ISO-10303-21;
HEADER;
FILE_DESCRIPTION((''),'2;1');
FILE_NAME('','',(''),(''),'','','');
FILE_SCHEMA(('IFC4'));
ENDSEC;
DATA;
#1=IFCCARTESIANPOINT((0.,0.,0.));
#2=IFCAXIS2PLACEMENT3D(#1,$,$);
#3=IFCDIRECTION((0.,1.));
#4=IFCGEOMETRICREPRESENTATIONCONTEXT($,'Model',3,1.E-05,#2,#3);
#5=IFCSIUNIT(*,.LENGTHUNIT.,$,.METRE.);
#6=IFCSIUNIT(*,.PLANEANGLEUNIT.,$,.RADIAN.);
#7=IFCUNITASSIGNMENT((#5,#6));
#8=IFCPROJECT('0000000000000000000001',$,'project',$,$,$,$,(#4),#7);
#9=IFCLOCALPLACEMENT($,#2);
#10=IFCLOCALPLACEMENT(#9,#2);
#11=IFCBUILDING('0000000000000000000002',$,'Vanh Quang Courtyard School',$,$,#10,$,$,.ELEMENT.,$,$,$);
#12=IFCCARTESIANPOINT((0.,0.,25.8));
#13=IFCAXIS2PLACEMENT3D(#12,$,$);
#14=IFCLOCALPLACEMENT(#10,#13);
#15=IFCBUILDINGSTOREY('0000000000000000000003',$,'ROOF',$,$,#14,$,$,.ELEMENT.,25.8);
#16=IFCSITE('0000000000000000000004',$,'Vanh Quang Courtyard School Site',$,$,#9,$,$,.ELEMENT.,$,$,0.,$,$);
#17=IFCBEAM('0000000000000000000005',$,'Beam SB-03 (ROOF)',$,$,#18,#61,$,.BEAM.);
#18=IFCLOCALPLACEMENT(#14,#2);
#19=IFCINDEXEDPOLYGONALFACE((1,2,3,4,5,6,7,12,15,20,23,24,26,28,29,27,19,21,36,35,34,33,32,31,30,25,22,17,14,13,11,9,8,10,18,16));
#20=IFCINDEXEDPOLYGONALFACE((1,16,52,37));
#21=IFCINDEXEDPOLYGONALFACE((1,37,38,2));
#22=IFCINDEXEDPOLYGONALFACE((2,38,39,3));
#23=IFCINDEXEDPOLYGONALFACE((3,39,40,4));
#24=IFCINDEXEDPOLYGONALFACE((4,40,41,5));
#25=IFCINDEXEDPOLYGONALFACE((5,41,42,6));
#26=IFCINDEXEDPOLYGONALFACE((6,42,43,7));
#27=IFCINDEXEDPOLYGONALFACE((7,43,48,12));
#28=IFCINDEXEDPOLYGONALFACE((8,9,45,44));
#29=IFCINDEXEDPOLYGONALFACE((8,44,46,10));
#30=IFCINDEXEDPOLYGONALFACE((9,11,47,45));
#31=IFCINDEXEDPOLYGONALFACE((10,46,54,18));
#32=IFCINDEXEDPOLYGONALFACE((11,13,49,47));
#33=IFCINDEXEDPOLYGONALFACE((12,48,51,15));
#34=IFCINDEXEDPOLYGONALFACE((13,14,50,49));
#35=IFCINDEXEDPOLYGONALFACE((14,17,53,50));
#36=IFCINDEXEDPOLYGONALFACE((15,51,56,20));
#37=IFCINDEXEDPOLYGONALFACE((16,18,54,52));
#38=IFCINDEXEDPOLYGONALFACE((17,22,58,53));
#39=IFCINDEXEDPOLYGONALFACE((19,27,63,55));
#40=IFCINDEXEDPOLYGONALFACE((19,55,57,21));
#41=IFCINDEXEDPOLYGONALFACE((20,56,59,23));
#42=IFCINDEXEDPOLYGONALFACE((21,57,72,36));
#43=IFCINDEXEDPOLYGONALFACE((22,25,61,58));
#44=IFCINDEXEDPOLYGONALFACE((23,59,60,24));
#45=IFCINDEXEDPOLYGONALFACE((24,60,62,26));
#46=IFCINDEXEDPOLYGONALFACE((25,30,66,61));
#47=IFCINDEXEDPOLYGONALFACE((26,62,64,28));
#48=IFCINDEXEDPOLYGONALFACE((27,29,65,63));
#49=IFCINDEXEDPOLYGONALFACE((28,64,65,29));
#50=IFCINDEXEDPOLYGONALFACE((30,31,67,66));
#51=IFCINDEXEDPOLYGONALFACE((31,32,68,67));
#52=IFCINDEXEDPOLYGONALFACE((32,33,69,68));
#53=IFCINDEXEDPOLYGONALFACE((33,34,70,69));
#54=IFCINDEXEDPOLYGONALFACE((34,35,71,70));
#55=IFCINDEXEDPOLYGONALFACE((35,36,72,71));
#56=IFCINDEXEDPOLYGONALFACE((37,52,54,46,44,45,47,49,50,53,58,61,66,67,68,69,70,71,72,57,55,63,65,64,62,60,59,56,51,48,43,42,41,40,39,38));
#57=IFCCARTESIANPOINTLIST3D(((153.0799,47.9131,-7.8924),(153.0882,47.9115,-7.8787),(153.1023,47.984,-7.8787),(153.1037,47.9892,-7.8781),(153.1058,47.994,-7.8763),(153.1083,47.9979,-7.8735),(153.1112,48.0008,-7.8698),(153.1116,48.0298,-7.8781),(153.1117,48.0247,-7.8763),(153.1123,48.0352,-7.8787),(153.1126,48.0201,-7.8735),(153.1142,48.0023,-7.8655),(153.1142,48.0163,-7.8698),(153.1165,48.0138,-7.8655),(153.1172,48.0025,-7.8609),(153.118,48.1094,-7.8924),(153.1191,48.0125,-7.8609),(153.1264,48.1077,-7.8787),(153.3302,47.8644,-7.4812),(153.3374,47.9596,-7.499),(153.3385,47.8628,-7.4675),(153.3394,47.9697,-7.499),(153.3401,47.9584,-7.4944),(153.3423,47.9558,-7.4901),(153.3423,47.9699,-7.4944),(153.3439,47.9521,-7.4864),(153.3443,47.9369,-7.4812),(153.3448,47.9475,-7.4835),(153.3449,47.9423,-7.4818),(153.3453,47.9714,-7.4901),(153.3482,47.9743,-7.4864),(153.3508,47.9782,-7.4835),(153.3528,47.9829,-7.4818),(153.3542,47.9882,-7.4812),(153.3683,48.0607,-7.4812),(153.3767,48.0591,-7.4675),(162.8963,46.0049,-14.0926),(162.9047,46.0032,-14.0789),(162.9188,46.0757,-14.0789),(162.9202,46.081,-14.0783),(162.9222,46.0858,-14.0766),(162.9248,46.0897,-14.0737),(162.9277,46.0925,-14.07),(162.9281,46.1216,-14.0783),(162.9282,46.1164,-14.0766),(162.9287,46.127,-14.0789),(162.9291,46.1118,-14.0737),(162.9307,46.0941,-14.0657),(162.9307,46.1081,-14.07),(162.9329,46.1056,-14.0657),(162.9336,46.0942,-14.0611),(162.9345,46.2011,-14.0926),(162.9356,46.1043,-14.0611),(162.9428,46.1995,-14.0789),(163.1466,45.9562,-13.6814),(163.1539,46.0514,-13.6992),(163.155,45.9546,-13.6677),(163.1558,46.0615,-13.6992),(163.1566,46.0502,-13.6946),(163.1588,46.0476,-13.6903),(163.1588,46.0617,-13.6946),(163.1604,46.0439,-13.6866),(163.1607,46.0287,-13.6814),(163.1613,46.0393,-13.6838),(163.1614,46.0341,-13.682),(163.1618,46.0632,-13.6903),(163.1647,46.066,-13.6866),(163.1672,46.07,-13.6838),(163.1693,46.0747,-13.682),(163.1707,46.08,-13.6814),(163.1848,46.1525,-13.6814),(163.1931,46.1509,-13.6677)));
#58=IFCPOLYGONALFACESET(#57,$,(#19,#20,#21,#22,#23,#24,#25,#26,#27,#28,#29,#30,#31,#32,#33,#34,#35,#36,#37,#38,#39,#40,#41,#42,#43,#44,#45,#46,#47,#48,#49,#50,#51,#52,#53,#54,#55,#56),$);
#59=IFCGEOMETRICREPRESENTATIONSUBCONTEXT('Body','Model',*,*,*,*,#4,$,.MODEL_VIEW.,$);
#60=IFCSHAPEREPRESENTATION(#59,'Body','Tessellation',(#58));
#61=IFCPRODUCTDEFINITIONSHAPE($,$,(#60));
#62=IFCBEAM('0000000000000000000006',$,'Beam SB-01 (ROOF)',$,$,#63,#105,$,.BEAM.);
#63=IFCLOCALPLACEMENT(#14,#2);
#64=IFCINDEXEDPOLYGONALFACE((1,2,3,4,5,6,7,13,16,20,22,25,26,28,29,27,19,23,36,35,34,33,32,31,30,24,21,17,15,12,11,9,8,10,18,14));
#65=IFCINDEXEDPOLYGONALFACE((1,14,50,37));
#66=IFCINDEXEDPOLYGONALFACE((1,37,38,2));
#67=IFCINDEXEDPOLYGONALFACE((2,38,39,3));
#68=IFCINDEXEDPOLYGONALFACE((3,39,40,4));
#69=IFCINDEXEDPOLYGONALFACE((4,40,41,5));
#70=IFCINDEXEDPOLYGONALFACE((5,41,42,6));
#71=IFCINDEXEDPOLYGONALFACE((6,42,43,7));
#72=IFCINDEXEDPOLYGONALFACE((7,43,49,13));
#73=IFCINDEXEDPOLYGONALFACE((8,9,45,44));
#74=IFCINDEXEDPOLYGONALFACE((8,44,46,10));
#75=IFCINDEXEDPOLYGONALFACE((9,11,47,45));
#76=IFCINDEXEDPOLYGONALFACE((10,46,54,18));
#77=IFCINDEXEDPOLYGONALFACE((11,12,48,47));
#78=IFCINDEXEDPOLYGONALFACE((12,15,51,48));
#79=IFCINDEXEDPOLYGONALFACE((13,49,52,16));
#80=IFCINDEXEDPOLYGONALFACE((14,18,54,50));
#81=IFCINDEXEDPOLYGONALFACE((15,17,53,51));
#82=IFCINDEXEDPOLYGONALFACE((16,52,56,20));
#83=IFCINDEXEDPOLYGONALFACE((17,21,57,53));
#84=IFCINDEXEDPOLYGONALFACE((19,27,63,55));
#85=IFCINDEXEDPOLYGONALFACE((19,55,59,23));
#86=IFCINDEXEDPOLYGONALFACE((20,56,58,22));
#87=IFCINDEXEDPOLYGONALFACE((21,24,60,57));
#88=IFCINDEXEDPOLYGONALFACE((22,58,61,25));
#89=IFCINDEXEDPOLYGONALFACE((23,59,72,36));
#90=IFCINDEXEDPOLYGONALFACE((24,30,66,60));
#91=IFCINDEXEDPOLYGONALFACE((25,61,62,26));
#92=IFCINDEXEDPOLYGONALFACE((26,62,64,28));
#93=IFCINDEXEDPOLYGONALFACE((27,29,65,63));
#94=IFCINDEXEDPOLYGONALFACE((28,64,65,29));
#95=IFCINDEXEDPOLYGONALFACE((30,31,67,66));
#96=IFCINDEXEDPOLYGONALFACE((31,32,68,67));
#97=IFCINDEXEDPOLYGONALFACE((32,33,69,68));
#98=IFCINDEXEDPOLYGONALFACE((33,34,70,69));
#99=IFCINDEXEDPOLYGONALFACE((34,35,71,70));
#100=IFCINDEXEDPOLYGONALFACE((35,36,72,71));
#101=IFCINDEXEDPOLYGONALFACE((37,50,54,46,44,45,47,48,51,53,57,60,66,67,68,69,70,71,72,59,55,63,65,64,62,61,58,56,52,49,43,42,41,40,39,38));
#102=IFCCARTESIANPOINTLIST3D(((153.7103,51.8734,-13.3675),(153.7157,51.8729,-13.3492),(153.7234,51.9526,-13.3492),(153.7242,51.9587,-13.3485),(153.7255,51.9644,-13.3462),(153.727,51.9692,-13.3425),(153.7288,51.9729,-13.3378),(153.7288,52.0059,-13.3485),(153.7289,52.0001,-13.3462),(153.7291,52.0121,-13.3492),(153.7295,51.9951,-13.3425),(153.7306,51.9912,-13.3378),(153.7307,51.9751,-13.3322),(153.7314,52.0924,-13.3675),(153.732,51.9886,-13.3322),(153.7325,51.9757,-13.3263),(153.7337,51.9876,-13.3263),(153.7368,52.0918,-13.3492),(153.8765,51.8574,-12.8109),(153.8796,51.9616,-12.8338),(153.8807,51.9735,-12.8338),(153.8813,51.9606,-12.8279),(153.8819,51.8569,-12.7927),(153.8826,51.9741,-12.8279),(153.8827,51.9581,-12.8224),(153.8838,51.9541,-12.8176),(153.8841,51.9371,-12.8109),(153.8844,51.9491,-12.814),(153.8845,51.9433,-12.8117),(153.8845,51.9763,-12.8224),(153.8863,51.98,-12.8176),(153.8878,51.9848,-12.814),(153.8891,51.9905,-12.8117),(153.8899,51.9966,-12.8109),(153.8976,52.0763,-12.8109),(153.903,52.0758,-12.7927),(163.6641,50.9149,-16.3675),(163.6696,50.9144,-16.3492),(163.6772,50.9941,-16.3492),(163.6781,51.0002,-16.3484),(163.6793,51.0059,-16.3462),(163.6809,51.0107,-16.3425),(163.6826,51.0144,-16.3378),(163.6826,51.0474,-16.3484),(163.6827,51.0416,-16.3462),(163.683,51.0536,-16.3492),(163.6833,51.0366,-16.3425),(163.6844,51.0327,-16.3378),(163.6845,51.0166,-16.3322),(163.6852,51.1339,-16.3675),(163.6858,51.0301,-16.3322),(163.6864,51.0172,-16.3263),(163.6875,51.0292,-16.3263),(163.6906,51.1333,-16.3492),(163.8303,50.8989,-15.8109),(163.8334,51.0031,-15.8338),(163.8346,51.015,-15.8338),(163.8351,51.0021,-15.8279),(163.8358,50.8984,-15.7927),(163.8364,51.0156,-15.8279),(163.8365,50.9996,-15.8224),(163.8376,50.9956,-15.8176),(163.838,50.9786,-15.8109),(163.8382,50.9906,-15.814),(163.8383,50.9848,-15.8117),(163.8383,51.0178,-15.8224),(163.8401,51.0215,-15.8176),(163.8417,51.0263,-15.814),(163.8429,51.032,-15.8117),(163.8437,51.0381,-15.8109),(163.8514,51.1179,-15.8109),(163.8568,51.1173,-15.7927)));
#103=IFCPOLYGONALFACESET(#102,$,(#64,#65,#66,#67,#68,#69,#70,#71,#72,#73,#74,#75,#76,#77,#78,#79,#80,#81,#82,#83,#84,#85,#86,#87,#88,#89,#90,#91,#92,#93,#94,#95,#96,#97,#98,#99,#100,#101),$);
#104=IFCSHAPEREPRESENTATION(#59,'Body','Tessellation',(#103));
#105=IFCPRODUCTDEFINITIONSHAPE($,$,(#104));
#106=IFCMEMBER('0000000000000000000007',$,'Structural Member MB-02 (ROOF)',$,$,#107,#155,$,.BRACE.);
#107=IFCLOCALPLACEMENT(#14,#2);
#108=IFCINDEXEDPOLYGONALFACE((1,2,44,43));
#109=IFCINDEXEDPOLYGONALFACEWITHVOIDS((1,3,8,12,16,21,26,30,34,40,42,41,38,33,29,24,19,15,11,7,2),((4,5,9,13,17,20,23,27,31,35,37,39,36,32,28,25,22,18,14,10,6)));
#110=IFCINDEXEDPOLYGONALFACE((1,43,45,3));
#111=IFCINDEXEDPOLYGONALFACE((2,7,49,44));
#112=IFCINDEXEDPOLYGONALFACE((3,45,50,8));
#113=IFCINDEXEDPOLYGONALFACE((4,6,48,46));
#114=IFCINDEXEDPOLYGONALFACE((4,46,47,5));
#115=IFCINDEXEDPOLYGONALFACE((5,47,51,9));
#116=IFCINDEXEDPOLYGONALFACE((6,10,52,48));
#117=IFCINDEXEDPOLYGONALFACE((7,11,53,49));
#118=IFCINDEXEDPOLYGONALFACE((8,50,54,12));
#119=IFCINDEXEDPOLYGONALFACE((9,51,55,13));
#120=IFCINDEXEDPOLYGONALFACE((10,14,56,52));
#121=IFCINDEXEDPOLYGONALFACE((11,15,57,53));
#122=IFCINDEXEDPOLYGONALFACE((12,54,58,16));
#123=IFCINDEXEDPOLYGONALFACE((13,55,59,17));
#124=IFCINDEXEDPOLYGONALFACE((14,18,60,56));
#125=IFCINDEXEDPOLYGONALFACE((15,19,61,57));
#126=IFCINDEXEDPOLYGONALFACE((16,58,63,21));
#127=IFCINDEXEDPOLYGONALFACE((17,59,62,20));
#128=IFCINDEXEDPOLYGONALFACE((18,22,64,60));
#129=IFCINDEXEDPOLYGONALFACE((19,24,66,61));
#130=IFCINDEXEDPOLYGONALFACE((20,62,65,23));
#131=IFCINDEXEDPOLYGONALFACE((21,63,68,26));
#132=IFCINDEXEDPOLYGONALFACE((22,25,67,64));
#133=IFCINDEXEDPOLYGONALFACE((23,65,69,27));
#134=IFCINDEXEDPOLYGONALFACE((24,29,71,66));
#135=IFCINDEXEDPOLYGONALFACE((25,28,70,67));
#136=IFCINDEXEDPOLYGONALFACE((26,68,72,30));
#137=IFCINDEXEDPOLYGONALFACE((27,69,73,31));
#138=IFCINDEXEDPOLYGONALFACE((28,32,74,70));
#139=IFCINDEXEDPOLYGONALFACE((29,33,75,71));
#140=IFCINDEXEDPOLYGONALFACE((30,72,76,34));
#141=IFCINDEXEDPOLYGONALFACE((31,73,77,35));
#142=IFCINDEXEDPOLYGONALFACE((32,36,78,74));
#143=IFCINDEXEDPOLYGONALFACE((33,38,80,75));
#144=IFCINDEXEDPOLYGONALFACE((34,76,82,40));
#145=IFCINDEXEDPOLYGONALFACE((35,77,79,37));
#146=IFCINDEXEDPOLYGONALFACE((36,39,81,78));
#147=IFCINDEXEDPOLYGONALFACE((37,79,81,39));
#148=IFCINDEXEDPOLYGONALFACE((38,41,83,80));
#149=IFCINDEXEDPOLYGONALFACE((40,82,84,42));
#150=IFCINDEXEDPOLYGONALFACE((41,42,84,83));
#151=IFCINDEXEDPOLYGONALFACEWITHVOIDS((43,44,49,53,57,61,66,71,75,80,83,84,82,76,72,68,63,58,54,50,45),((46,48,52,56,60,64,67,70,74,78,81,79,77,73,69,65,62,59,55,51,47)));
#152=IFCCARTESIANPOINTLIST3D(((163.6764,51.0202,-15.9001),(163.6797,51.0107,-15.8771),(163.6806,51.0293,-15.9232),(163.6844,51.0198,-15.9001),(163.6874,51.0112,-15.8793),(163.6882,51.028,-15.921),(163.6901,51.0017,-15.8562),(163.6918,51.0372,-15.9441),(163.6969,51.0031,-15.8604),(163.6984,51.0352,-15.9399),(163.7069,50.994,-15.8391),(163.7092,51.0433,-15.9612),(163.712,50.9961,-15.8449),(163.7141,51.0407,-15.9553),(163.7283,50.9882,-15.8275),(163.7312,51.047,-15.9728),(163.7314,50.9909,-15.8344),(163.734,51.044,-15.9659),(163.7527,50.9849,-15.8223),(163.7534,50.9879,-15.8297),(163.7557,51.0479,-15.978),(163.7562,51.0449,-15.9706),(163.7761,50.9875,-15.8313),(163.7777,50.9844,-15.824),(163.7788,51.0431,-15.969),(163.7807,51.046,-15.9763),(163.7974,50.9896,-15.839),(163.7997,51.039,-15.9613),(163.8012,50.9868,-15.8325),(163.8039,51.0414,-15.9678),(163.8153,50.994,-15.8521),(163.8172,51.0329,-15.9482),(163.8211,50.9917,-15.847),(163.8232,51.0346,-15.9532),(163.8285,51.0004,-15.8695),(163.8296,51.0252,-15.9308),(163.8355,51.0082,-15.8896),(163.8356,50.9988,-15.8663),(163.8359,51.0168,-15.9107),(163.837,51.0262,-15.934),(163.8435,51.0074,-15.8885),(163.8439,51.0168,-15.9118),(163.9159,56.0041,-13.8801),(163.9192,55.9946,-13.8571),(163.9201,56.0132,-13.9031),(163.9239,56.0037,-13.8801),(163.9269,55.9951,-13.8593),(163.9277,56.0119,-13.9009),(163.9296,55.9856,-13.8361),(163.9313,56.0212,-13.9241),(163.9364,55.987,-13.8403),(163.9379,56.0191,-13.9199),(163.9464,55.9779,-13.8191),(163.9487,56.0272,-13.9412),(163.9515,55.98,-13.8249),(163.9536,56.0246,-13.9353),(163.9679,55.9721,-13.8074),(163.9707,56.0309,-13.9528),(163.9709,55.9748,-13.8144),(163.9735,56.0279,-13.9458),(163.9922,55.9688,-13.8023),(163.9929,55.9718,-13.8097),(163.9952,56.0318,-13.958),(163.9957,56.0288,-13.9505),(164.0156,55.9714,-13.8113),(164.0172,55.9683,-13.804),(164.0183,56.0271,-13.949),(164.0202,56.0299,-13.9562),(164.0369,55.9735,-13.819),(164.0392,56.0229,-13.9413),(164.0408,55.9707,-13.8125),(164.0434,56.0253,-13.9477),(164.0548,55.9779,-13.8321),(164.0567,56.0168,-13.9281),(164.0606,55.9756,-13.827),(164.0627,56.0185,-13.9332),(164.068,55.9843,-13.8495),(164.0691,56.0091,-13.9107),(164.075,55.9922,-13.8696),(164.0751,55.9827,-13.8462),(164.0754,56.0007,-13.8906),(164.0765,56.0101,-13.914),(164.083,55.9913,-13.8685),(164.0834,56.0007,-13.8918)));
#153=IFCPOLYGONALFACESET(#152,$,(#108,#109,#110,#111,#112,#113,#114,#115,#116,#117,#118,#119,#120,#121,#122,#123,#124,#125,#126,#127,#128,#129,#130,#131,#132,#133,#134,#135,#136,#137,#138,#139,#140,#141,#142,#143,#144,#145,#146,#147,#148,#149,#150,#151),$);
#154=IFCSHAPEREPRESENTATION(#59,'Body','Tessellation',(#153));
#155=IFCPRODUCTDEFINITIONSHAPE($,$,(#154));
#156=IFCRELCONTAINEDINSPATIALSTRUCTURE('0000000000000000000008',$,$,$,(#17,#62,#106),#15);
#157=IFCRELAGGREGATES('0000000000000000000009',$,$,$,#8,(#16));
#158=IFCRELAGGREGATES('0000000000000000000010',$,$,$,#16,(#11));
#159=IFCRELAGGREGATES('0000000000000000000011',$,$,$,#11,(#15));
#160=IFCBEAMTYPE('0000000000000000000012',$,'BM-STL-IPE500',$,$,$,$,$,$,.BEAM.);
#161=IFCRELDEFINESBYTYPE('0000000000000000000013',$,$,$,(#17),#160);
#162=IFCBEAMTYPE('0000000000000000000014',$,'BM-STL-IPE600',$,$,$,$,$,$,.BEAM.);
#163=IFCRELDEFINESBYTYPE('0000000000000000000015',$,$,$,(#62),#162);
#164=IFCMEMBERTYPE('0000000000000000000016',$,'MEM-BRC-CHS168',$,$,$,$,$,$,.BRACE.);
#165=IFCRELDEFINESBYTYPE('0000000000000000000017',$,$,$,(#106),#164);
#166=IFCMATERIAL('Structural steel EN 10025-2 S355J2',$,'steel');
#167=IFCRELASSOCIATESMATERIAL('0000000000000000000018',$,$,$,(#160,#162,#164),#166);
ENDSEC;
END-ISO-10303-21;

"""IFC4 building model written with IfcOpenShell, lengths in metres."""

from ifc_helpers import new_model, si_unit, direction, frame, origin, origin_2d, place, context, subcontext, project, spatial, hollow_circle, i_section, extrude, material, material_profile, profile_set, type_object, element, save


model = new_model("IFC4")

# Units and contexts
model_context = context("Model", 3, precision=1e-05, world=origin(), true_north=direction((0.0, 1.0)))
body_context = subcontext(model_context, "Body", "Model", "MODEL_VIEW")
ifc_project = project(units=[si_unit("LENGTHUNIT", "METRE"), si_unit("PLANEANGLEUNIT", "RADIAN")], contexts=[model_context])

# Site, building, storey
site_placement = place(None, origin())
site = spatial("IfcSite", under=ifc_project, at=site_placement, Name="Vanh Quang Courtyard School Site", CompositionType="ELEMENT", RefElevation=0.0)
building_placement = place(site_placement, origin())
building = spatial("IfcBuilding", under=site, at=building_placement, Name="Vanh Quang Courtyard School", CompositionType="ELEMENT")
storey_placement = place(building_placement, frame((0.0, 0.0, 25.8)))
storey = spatial("IfcBuildingStorey", under=building, at=storey_placement, Name="ROOF", CompositionType="ELEMENT", Elevation=25.8)

# Beams
ifc_material_1 = material(Name="Structural steel EN 10025-2 S355J2", Category="steel")
ifc_material_profile_1 = material_profile(ifc_material_1, i_section(OverallWidth=0.2, OverallDepth=0.5, WebThickness=0.0103, FlangeThickness=0.0161, FilletRadius=0.021, at=origin_2d()), Name="IPE 500")
ifc_profile_set_1 = profile_set([ifc_material_profile_1], Name="Structural steel EN 10025-2 S355J2")
beam_type_1 = type_object("IfcBeamType", Name="BM-STL-IPE500", PredefinedType="BEAM", material=ifc_profile_set_1)
beam_1_placement = place(storey_placement, frame((153.2283, 47.9861, -7.6799), z_axis=(0.834282, -0.162175, -0.526946), x_axis=(0.190817, 0.981626, 0.0)))
element("IfcBeam", 1, at=beam_1_placement, inside=storey, type_object=beam_type_1, Name="Beam SB-03 (ROOF)", PredefinedType="BEAM", context=body_context, shape_type="SweptSolid", body=[
    extrude(i_section(OverallWidth=0.2, OverallDepth=0.5, WebThickness=0.0103, FlangeThickness=0.0161, FilletRadius=0.021, at=origin_2d()), origin(), (0.0, 0.0, 1.0), 11.7664),
])
ifc_material_profile_2 = material_profile(ifc_material_1, i_section(OverallWidth=0.22, OverallDepth=0.6001, WebThickness=0.012, FlangeThickness=0.019, FilletRadius=0.0239, at=origin_2d()), Name="IPE 600")
ifc_profile_set_2 = profile_set([ifc_material_profile_2], Name="Structural steel EN 10025-2 S355J2")
beam_type_2 = type_object("IfcBeamType", Name="BM-STL-IPE600", PredefinedType="BEAM", material=ifc_profile_set_2)
beam_2_placement = place(storey_placement, frame((153.8066, 51.9746, -13.0801), z_axis=(0.953415, -0.091808, -0.287351), x_axis=(0.095851, 0.995396, 0.0)))
element("IfcBeam", 2, at=beam_2_placement, inside=storey, type_object=beam_type_2, Name="Beam SB-01 (ROOF)", PredefinedType="BEAM", context=body_context, shape_type="SweptSolid", body=[
    extrude(i_section(OverallWidth=0.22, OverallDepth=0.6001, WebThickness=0.012, FlangeThickness=0.019, FilletRadius=0.0239, at=origin_2d()), origin(), (0.0, 0.0, 1.0), 10.4402),
])

# Member
ifc_material_profile_3 = material_profile(ifc_material_1, hollow_circle(Radius=0.0842, WallThickness=0.0081, at=origin_2d()), Name="CHS 168.3x8")
ifc_profile_set_3 = profile_set([ifc_material_profile_3], Name="Structural steel EN 10025-2 S355J2")
member_type_1 = type_object("IfcMemberType", Name="MEM-BRC-CHS168", PredefinedType="BRACE", material=ifc_profile_set_3)
member_1_placement = place(storey_placement, frame((163.7605, 51.0161, -15.9001), z_axis=(0.044492, 0.925852, 0.375257), x_axis=(-0.998847, 0.048, 0.0)))
element("IfcMember", 3, at=member_1_placement, inside=storey, type_object=member_type_1, Name="Structural Member MB-02 (ROOF)", PredefinedType="BRACE", context=body_context, shape_type="SweptSolid", body=[
    extrude(hollow_circle(Radius=0.0842, WallThickness=0.0081, at=origin_2d()), origin(), (0.0, 0.0, 1.0), 5.3831),
])

save(model, "model.ifc")
